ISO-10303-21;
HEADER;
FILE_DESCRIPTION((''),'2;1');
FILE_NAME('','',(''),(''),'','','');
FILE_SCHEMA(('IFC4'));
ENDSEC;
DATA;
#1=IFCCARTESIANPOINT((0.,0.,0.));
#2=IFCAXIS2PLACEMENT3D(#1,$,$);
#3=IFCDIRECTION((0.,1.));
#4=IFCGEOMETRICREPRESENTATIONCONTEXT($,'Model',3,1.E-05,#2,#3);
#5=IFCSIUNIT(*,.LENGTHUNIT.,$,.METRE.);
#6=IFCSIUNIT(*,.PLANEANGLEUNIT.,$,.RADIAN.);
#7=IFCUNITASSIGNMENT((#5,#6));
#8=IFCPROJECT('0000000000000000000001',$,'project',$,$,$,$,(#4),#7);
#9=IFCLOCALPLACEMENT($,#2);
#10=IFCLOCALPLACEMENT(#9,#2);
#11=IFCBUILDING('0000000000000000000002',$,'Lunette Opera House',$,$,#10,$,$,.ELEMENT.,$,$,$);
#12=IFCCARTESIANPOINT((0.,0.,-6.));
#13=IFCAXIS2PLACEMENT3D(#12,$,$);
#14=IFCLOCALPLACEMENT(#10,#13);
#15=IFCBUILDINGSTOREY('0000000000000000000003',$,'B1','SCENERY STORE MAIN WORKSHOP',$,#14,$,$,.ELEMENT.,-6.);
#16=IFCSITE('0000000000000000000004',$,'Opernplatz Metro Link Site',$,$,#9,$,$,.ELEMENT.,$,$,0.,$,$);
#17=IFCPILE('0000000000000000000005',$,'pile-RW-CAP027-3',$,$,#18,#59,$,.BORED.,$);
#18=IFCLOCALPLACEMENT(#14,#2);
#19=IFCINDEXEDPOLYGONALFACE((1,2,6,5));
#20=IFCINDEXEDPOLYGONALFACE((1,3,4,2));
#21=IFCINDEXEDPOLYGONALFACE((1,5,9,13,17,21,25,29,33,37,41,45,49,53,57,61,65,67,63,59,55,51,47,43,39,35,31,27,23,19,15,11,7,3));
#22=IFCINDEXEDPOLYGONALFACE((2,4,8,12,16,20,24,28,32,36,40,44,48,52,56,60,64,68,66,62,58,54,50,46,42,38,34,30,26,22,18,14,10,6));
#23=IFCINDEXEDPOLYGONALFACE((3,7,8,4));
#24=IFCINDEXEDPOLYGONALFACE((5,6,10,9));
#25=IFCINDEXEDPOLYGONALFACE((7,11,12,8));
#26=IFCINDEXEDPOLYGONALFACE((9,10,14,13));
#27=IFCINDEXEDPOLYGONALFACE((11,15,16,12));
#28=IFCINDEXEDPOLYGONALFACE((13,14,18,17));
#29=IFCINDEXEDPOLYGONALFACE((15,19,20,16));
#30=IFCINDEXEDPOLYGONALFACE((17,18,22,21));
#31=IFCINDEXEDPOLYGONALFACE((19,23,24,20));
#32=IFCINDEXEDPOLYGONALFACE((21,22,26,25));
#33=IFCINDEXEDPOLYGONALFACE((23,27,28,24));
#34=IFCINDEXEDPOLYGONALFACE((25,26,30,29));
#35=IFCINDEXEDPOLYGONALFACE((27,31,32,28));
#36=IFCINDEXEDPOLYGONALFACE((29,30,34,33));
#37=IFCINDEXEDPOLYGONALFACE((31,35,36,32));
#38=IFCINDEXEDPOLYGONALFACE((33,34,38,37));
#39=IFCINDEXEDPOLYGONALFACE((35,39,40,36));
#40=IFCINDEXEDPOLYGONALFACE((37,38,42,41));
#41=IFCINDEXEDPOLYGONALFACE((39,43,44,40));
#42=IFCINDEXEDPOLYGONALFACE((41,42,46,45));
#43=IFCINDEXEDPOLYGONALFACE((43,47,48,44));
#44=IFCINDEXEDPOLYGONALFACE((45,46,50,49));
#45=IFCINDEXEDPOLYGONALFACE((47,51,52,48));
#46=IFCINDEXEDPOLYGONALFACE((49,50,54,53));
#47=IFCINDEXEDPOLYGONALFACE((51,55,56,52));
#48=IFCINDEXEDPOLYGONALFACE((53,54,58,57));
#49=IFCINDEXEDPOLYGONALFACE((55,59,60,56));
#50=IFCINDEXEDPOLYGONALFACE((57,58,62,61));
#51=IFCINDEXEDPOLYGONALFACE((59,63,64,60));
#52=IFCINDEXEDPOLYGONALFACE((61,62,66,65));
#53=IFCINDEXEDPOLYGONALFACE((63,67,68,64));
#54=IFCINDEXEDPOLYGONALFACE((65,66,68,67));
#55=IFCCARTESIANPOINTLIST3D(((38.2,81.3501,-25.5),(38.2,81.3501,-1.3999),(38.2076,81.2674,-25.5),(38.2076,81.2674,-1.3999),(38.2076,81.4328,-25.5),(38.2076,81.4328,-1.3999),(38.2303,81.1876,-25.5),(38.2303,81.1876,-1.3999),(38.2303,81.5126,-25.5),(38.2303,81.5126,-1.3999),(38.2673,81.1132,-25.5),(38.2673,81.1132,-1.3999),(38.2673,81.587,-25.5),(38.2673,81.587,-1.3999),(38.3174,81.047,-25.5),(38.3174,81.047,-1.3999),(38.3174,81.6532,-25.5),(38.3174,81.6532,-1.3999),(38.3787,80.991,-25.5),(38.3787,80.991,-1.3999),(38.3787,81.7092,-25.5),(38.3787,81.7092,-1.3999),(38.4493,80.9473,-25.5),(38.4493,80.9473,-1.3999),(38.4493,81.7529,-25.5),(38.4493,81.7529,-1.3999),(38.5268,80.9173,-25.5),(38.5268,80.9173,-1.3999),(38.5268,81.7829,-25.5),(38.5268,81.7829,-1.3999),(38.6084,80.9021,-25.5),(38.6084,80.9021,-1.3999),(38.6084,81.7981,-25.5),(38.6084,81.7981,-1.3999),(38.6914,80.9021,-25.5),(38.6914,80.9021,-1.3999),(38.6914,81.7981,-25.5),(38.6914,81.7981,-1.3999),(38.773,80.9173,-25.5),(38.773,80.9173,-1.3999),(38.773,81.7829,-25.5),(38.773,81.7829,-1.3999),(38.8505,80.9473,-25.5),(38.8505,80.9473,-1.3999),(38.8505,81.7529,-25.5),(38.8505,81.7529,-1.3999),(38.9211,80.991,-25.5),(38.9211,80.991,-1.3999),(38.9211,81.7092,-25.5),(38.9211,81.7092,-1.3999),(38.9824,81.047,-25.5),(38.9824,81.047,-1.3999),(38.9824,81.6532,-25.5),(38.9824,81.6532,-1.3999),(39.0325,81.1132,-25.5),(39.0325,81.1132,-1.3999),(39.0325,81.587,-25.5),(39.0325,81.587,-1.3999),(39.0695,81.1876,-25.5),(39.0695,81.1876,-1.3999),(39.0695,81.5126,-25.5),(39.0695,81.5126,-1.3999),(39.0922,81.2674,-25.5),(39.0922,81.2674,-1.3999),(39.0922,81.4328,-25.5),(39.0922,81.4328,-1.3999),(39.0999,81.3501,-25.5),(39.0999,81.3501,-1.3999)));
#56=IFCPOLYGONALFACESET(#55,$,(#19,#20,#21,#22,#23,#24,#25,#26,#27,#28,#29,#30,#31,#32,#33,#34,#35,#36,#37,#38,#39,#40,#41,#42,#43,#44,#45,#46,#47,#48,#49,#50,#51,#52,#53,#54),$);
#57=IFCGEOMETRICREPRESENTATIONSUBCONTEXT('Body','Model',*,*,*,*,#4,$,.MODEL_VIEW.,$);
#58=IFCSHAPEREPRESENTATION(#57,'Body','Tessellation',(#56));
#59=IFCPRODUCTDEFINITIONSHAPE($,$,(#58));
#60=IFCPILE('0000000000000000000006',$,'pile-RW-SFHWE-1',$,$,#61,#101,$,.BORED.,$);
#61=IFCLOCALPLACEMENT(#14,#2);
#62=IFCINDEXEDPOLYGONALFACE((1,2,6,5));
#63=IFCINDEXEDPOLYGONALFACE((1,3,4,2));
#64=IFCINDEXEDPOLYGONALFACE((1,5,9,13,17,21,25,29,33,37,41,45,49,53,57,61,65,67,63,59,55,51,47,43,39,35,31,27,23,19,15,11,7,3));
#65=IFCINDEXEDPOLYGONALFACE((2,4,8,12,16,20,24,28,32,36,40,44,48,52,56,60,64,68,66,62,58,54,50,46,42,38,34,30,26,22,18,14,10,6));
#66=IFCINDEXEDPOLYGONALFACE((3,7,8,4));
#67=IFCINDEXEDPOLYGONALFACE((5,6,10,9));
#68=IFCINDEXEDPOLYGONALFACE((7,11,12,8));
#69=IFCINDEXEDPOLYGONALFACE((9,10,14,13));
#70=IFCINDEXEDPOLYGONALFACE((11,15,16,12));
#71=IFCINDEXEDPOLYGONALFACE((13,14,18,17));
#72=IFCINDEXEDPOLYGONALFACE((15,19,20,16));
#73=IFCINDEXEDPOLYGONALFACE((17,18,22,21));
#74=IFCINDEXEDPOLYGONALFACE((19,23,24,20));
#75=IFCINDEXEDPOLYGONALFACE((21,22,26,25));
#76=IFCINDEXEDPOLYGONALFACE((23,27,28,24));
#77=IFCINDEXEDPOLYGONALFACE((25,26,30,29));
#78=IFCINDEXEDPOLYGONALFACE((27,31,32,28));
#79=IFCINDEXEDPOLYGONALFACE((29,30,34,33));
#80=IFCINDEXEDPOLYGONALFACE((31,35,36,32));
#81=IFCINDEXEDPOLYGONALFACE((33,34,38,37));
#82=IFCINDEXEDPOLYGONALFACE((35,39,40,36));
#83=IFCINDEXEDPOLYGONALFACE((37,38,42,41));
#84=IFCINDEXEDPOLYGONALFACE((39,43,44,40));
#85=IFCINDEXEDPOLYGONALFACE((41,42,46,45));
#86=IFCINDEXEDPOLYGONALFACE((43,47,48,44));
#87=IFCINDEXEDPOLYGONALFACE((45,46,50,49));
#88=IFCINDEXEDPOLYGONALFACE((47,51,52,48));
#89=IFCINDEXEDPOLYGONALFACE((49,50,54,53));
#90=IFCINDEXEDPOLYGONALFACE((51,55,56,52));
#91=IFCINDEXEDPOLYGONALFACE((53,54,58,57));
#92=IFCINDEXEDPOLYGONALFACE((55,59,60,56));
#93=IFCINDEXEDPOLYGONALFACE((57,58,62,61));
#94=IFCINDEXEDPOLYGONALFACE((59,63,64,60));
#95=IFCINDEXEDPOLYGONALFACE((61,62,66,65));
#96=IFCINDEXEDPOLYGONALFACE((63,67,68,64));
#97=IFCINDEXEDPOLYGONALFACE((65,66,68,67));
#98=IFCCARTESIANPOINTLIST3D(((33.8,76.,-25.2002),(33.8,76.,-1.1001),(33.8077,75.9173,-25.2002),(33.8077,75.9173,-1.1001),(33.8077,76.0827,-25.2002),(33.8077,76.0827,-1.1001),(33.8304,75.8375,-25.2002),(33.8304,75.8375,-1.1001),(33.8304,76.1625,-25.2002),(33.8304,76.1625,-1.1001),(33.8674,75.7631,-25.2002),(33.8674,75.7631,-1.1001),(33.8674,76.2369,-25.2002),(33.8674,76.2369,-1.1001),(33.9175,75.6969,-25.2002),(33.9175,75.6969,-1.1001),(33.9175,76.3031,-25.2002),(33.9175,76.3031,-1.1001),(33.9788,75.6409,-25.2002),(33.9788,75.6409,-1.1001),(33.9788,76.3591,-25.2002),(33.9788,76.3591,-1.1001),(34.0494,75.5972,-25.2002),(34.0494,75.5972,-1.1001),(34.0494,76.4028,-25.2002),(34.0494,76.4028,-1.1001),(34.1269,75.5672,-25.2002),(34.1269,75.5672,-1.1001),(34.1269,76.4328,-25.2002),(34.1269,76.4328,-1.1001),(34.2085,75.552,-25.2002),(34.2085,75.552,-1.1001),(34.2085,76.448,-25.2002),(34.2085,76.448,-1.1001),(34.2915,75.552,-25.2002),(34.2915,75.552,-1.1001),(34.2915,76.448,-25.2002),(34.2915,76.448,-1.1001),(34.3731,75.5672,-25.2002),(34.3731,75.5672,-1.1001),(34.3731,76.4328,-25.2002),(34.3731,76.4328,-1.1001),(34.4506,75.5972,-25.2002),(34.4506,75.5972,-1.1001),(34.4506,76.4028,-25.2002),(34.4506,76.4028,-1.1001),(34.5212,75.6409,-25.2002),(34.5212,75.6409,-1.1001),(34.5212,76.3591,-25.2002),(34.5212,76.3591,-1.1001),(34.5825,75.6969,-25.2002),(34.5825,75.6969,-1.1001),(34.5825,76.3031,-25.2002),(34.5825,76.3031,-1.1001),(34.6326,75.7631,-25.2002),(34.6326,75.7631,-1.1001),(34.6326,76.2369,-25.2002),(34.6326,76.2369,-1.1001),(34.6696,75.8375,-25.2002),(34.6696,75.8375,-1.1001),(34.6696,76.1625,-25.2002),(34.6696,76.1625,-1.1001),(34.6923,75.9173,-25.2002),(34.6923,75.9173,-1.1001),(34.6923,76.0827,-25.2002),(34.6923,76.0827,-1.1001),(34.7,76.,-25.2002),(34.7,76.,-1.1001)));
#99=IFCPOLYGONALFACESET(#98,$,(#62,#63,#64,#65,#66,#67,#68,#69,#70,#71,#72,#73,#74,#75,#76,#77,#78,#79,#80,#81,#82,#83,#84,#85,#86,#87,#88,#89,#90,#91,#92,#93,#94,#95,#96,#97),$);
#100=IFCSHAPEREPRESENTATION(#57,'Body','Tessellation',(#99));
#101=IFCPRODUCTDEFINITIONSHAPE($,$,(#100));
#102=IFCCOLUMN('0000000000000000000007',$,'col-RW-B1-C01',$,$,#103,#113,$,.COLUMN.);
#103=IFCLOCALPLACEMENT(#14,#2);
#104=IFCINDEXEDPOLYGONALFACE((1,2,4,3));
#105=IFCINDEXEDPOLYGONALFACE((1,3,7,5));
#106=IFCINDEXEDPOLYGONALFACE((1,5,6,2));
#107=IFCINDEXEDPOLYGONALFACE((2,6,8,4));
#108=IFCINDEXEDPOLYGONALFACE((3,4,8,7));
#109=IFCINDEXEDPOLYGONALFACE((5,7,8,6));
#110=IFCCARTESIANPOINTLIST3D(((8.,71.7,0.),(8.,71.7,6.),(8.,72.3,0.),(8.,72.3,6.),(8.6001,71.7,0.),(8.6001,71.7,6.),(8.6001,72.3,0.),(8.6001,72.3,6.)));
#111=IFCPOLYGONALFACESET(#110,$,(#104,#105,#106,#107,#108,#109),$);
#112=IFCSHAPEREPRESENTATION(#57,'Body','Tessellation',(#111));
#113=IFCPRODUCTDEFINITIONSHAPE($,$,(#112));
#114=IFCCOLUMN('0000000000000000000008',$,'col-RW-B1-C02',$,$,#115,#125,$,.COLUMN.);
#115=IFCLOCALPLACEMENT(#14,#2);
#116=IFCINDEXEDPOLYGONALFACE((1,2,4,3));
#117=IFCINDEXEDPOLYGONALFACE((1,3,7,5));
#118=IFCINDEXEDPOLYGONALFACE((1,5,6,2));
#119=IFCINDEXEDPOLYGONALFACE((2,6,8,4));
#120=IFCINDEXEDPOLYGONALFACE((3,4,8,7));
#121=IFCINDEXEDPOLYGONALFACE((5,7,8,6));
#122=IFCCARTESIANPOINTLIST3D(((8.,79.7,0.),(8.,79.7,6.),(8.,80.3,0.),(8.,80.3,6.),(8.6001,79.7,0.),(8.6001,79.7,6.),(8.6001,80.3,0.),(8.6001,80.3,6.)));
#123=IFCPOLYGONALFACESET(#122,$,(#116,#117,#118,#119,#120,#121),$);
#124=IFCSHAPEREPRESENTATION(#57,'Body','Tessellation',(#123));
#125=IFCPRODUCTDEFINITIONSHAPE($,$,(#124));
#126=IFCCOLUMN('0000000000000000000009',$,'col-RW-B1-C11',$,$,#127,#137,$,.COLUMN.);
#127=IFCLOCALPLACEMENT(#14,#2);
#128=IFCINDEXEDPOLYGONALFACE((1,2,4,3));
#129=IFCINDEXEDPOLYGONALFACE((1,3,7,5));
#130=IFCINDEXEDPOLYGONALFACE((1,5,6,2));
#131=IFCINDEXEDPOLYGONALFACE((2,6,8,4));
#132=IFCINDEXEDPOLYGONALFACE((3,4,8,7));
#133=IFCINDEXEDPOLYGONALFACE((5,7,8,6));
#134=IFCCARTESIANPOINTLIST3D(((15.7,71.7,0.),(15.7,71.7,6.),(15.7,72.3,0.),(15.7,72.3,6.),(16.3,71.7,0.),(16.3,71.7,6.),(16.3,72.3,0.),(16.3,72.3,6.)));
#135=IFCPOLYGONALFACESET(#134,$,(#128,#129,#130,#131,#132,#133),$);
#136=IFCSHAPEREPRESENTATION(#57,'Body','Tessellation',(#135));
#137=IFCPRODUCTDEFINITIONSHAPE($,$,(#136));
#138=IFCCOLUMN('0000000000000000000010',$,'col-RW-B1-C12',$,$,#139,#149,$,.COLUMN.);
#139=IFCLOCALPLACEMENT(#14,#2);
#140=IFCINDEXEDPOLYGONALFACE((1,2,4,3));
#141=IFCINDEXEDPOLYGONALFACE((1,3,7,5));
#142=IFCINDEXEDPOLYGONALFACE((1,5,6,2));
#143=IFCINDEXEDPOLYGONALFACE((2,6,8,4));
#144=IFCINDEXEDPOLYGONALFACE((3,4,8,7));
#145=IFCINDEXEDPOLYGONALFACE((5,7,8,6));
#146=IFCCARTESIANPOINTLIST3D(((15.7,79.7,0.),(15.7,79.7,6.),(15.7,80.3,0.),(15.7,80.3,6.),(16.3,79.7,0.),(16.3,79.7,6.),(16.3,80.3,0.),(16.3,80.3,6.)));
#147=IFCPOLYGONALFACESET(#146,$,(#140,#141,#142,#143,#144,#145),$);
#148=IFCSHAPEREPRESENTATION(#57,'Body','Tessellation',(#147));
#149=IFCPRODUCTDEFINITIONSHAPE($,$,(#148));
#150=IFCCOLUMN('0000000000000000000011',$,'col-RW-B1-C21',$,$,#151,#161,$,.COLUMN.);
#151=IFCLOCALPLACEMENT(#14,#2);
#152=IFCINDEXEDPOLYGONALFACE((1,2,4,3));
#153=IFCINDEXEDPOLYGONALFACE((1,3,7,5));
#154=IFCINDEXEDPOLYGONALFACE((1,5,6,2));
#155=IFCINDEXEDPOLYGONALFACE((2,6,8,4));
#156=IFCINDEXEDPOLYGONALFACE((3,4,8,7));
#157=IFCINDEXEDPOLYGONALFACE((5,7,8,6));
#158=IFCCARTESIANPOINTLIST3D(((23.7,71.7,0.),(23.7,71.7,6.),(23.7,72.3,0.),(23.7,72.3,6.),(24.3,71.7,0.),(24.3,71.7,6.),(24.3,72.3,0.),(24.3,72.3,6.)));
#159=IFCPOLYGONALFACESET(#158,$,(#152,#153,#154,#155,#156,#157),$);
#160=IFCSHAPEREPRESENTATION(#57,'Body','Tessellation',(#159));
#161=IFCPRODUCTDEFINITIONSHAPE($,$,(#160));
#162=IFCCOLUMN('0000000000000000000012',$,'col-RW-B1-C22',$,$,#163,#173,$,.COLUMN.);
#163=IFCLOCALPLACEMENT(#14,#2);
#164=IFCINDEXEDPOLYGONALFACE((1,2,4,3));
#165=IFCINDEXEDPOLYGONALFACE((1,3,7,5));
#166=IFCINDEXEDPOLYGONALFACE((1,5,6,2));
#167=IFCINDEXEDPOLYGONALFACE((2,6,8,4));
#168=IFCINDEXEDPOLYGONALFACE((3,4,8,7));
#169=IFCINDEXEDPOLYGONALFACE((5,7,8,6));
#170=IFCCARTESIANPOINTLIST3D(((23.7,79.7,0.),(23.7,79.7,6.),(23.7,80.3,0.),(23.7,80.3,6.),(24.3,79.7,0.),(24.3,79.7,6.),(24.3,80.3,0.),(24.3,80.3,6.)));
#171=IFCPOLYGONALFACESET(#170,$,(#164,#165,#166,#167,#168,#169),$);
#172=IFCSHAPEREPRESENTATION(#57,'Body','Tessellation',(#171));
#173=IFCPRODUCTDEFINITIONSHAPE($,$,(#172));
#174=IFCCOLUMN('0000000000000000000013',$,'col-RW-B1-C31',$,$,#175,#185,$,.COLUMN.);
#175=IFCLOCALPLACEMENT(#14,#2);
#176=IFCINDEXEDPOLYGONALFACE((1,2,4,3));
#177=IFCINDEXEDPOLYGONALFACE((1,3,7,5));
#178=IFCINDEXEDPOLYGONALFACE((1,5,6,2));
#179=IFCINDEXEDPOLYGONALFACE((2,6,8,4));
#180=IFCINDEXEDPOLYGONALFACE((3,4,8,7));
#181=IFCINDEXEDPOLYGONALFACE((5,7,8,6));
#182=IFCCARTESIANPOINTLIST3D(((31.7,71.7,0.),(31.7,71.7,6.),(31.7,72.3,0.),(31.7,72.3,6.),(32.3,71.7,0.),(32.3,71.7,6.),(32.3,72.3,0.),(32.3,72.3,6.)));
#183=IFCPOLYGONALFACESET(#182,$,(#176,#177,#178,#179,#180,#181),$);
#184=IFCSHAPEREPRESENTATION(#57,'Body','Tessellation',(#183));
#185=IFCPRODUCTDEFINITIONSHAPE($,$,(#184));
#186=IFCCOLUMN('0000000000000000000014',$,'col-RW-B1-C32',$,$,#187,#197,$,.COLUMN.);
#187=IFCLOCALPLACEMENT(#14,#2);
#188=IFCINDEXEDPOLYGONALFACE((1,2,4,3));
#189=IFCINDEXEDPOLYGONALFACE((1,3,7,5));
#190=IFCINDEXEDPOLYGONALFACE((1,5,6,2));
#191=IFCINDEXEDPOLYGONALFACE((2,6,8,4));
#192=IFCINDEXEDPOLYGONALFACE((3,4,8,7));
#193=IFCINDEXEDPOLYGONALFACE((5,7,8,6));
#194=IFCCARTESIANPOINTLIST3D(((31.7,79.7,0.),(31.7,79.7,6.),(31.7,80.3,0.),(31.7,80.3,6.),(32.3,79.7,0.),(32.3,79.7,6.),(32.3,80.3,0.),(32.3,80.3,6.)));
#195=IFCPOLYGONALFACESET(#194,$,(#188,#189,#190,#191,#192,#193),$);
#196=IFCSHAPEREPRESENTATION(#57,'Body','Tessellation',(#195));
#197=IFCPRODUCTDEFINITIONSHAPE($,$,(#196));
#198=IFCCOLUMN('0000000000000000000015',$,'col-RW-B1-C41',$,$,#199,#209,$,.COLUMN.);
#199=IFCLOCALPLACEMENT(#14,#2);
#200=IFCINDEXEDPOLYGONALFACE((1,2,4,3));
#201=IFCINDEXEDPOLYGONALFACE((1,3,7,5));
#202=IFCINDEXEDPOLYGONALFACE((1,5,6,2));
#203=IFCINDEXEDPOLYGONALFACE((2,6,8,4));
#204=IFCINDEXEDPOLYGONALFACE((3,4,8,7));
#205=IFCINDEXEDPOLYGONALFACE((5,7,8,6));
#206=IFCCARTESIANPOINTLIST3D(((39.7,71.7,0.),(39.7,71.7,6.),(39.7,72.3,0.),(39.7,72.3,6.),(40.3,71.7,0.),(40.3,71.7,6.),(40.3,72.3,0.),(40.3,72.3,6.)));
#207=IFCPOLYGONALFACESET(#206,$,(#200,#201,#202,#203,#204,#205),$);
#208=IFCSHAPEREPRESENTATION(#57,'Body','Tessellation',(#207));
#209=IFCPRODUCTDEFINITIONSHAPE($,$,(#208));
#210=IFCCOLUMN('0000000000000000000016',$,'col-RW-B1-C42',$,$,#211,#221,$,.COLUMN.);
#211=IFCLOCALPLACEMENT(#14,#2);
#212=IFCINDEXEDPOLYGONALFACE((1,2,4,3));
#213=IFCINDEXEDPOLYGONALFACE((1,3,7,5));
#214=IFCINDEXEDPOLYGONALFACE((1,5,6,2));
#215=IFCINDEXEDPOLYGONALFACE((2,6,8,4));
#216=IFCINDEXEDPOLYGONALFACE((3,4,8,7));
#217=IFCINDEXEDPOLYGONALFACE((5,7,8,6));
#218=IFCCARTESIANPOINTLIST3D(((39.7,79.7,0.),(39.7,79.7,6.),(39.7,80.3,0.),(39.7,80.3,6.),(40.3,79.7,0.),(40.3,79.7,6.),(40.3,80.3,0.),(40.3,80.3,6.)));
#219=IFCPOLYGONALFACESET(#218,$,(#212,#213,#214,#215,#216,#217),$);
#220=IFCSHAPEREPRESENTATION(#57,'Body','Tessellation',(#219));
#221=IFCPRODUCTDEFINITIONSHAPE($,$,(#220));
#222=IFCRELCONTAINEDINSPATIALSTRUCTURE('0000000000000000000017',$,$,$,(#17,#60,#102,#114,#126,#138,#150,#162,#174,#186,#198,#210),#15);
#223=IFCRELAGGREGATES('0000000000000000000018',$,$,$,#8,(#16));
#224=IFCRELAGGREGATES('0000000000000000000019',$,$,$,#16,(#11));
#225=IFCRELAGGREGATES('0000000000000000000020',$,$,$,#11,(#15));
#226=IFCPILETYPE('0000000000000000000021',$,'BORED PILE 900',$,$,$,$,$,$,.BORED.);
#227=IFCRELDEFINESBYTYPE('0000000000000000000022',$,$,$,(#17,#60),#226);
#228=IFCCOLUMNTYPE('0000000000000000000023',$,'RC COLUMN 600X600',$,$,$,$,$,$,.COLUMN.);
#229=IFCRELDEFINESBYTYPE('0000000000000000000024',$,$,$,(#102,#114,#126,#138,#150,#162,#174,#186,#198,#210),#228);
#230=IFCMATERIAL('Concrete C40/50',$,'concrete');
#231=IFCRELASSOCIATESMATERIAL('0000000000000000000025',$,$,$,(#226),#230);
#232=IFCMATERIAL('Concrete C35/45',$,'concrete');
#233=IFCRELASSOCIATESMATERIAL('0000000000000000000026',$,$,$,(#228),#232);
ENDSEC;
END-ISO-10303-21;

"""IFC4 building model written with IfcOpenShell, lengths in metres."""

from ifc_helpers import new_model, si_unit, direction, frame, origin, origin_2d, place, context, subcontext, project, spatial, rectangle, circle, extrude, material, material_profile, profile_set, type_object, element, save


model = new_model("IFC4")

# Units and contexts
model_context = context("Model", 3, precision=1e-05, world=origin(), true_north=direction((0.0, 1.0)))
body_context = subcontext(model_context, "Body", "Model", "MODEL_VIEW")
ifc_project = project(units=[si_unit("LENGTHUNIT", "METRE"), si_unit("PLANEANGLEUNIT", "RADIAN")], contexts=[model_context])

# Site, building, storey
site_placement = place(None, origin())
site = spatial("IfcSite", under=ifc_project, at=site_placement, Name="Opernplatz Metro Link Site", CompositionType="ELEMENT", RefElevation=0.0)
building_placement = place(site_placement, origin())
building = spatial("IfcBuilding", under=site, at=building_placement, Name="Lunette Opera House", CompositionType="ELEMENT")
storey_placement = place(building_placement, frame((0.0, 0.0, -6.0)))
storey = spatial("IfcBuildingStorey", under=building, at=storey_placement, Name="B1", Description="SCENERY STORE MAIN WORKSHOP", CompositionType="ELEMENT", Elevation=-6.0)

# Piles
ifc_material_1 = material(Name="Concrete C40/50", Category="concrete")
ifc_material_profile_1 = material_profile(ifc_material_1, circle(Radius=0.45, at=origin_2d()), Name="BORED PILE 900")
ifc_profile_set_1 = profile_set([ifc_material_profile_1], Name="Concrete C40/50")
pile_type = type_object("IfcPileType", Name="BORED PILE 900", PredefinedType="BORED", material=ifc_profile_set_1)
for number, where, z_axis, x_axis, name in (
    (1, (38.6499, 81.3501, -1.3999), (0.0, 0.0, -1.0), (1.0, 0.0, 0.0), "pile-RW-CAP027-3"),
    (2, (34.25, 76.0, -1.1001), (0.0, 0.0, -1.0), (1.0, 0.0, 0.0), "pile-RW-SFHWE-1"),
):
    element("IfcPile", number, at=place(storey_placement, frame(where, z_axis=z_axis, x_axis=x_axis)), inside=storey, type_object=pile_type, Name=name, PredefinedType="BORED", context=body_context, shape_type="SweptSolid", body=[
        extrude(circle(Radius=0.45, at=origin_2d()), origin(), (0.0, 0.0, 1.0), 24.1001),
    ])

# Columns
ifc_material_2 = material(Name="Concrete C35/45", Category="concrete")
ifc_material_profile_2 = material_profile(ifc_material_2, rectangle(XDim=0.6001, YDim=0.6001, at=origin_2d()), Name="RC COLUMN 600X600")
ifc_profile_set_2 = profile_set([ifc_material_profile_2], Name="Concrete C35/45")
column_type = type_object("IfcColumnType", Name="RC COLUMN 600X600", PredefinedType="COLUMN", material=ifc_profile_set_2)
for number, where, z_axis, x_axis, name in (
    (3, (8.3, 72.0, 0.0), (0.0, 0.0, 1.0), (1.0, 0.0, 0.0), "col-RW-B1-C01"),
    (4, (8.3, 80.0, 0.0), (0.0, 0.0, 1.0), (1.0, 0.0, 0.0), "col-RW-B1-C02"),
    (5, (16.0, 72.0, 0.0), (0.0, 0.0, 1.0), (1.0, 0.0, 0.0), "col-RW-B1-C11"),
    (6, (16.0, 80.0, 0.0), (0.0, 0.0, 1.0), (1.0, 0.0, 0.0), "col-RW-B1-C12"),
    (7, (24.0, 72.0, 0.0), (0.0, 0.0, 1.0), (1.0, 0.0, 0.0), "col-RW-B1-C21"),
    (8, (24.0, 80.0, 0.0), (0.0, 0.0, 1.0), (1.0, 0.0, 0.0), "col-RW-B1-C22"),
    (9, (32.0, 72.0, 0.0), (0.0, 0.0, 1.0), (1.0, 0.0, 0.0), "col-RW-B1-C31"),
    (10, (32.0, 80.0, 0.0), (0.0, 0.0, 1.0), (1.0, 0.0, 0.0), "col-RW-B1-C32"),
    (11, (40.0, 72.0, 0.0), (0.0, 0.0, 1.0), (1.0, 0.0, 0.0), "col-RW-B1-C41"),
    (12, (40.0, 80.0, 0.0), (0.0, 0.0, 1.0), (1.0, 0.0, 0.0), "col-RW-B1-C42"),
):
    element("IfcColumn", number, at=place(storey_placement, frame(where, z_axis=z_axis, x_axis=x_axis)), inside=storey, type_object=column_type, Name=name, PredefinedType="COLUMN", context=body_context, shape_type="SweptSolid", body=[
        extrude(rectangle(XDim=0.6001, YDim=0.6001, at=origin_2d()), origin(), (0.0, 0.0, 1.0), 6.0),
    ])

save(model, "model.ifc")
